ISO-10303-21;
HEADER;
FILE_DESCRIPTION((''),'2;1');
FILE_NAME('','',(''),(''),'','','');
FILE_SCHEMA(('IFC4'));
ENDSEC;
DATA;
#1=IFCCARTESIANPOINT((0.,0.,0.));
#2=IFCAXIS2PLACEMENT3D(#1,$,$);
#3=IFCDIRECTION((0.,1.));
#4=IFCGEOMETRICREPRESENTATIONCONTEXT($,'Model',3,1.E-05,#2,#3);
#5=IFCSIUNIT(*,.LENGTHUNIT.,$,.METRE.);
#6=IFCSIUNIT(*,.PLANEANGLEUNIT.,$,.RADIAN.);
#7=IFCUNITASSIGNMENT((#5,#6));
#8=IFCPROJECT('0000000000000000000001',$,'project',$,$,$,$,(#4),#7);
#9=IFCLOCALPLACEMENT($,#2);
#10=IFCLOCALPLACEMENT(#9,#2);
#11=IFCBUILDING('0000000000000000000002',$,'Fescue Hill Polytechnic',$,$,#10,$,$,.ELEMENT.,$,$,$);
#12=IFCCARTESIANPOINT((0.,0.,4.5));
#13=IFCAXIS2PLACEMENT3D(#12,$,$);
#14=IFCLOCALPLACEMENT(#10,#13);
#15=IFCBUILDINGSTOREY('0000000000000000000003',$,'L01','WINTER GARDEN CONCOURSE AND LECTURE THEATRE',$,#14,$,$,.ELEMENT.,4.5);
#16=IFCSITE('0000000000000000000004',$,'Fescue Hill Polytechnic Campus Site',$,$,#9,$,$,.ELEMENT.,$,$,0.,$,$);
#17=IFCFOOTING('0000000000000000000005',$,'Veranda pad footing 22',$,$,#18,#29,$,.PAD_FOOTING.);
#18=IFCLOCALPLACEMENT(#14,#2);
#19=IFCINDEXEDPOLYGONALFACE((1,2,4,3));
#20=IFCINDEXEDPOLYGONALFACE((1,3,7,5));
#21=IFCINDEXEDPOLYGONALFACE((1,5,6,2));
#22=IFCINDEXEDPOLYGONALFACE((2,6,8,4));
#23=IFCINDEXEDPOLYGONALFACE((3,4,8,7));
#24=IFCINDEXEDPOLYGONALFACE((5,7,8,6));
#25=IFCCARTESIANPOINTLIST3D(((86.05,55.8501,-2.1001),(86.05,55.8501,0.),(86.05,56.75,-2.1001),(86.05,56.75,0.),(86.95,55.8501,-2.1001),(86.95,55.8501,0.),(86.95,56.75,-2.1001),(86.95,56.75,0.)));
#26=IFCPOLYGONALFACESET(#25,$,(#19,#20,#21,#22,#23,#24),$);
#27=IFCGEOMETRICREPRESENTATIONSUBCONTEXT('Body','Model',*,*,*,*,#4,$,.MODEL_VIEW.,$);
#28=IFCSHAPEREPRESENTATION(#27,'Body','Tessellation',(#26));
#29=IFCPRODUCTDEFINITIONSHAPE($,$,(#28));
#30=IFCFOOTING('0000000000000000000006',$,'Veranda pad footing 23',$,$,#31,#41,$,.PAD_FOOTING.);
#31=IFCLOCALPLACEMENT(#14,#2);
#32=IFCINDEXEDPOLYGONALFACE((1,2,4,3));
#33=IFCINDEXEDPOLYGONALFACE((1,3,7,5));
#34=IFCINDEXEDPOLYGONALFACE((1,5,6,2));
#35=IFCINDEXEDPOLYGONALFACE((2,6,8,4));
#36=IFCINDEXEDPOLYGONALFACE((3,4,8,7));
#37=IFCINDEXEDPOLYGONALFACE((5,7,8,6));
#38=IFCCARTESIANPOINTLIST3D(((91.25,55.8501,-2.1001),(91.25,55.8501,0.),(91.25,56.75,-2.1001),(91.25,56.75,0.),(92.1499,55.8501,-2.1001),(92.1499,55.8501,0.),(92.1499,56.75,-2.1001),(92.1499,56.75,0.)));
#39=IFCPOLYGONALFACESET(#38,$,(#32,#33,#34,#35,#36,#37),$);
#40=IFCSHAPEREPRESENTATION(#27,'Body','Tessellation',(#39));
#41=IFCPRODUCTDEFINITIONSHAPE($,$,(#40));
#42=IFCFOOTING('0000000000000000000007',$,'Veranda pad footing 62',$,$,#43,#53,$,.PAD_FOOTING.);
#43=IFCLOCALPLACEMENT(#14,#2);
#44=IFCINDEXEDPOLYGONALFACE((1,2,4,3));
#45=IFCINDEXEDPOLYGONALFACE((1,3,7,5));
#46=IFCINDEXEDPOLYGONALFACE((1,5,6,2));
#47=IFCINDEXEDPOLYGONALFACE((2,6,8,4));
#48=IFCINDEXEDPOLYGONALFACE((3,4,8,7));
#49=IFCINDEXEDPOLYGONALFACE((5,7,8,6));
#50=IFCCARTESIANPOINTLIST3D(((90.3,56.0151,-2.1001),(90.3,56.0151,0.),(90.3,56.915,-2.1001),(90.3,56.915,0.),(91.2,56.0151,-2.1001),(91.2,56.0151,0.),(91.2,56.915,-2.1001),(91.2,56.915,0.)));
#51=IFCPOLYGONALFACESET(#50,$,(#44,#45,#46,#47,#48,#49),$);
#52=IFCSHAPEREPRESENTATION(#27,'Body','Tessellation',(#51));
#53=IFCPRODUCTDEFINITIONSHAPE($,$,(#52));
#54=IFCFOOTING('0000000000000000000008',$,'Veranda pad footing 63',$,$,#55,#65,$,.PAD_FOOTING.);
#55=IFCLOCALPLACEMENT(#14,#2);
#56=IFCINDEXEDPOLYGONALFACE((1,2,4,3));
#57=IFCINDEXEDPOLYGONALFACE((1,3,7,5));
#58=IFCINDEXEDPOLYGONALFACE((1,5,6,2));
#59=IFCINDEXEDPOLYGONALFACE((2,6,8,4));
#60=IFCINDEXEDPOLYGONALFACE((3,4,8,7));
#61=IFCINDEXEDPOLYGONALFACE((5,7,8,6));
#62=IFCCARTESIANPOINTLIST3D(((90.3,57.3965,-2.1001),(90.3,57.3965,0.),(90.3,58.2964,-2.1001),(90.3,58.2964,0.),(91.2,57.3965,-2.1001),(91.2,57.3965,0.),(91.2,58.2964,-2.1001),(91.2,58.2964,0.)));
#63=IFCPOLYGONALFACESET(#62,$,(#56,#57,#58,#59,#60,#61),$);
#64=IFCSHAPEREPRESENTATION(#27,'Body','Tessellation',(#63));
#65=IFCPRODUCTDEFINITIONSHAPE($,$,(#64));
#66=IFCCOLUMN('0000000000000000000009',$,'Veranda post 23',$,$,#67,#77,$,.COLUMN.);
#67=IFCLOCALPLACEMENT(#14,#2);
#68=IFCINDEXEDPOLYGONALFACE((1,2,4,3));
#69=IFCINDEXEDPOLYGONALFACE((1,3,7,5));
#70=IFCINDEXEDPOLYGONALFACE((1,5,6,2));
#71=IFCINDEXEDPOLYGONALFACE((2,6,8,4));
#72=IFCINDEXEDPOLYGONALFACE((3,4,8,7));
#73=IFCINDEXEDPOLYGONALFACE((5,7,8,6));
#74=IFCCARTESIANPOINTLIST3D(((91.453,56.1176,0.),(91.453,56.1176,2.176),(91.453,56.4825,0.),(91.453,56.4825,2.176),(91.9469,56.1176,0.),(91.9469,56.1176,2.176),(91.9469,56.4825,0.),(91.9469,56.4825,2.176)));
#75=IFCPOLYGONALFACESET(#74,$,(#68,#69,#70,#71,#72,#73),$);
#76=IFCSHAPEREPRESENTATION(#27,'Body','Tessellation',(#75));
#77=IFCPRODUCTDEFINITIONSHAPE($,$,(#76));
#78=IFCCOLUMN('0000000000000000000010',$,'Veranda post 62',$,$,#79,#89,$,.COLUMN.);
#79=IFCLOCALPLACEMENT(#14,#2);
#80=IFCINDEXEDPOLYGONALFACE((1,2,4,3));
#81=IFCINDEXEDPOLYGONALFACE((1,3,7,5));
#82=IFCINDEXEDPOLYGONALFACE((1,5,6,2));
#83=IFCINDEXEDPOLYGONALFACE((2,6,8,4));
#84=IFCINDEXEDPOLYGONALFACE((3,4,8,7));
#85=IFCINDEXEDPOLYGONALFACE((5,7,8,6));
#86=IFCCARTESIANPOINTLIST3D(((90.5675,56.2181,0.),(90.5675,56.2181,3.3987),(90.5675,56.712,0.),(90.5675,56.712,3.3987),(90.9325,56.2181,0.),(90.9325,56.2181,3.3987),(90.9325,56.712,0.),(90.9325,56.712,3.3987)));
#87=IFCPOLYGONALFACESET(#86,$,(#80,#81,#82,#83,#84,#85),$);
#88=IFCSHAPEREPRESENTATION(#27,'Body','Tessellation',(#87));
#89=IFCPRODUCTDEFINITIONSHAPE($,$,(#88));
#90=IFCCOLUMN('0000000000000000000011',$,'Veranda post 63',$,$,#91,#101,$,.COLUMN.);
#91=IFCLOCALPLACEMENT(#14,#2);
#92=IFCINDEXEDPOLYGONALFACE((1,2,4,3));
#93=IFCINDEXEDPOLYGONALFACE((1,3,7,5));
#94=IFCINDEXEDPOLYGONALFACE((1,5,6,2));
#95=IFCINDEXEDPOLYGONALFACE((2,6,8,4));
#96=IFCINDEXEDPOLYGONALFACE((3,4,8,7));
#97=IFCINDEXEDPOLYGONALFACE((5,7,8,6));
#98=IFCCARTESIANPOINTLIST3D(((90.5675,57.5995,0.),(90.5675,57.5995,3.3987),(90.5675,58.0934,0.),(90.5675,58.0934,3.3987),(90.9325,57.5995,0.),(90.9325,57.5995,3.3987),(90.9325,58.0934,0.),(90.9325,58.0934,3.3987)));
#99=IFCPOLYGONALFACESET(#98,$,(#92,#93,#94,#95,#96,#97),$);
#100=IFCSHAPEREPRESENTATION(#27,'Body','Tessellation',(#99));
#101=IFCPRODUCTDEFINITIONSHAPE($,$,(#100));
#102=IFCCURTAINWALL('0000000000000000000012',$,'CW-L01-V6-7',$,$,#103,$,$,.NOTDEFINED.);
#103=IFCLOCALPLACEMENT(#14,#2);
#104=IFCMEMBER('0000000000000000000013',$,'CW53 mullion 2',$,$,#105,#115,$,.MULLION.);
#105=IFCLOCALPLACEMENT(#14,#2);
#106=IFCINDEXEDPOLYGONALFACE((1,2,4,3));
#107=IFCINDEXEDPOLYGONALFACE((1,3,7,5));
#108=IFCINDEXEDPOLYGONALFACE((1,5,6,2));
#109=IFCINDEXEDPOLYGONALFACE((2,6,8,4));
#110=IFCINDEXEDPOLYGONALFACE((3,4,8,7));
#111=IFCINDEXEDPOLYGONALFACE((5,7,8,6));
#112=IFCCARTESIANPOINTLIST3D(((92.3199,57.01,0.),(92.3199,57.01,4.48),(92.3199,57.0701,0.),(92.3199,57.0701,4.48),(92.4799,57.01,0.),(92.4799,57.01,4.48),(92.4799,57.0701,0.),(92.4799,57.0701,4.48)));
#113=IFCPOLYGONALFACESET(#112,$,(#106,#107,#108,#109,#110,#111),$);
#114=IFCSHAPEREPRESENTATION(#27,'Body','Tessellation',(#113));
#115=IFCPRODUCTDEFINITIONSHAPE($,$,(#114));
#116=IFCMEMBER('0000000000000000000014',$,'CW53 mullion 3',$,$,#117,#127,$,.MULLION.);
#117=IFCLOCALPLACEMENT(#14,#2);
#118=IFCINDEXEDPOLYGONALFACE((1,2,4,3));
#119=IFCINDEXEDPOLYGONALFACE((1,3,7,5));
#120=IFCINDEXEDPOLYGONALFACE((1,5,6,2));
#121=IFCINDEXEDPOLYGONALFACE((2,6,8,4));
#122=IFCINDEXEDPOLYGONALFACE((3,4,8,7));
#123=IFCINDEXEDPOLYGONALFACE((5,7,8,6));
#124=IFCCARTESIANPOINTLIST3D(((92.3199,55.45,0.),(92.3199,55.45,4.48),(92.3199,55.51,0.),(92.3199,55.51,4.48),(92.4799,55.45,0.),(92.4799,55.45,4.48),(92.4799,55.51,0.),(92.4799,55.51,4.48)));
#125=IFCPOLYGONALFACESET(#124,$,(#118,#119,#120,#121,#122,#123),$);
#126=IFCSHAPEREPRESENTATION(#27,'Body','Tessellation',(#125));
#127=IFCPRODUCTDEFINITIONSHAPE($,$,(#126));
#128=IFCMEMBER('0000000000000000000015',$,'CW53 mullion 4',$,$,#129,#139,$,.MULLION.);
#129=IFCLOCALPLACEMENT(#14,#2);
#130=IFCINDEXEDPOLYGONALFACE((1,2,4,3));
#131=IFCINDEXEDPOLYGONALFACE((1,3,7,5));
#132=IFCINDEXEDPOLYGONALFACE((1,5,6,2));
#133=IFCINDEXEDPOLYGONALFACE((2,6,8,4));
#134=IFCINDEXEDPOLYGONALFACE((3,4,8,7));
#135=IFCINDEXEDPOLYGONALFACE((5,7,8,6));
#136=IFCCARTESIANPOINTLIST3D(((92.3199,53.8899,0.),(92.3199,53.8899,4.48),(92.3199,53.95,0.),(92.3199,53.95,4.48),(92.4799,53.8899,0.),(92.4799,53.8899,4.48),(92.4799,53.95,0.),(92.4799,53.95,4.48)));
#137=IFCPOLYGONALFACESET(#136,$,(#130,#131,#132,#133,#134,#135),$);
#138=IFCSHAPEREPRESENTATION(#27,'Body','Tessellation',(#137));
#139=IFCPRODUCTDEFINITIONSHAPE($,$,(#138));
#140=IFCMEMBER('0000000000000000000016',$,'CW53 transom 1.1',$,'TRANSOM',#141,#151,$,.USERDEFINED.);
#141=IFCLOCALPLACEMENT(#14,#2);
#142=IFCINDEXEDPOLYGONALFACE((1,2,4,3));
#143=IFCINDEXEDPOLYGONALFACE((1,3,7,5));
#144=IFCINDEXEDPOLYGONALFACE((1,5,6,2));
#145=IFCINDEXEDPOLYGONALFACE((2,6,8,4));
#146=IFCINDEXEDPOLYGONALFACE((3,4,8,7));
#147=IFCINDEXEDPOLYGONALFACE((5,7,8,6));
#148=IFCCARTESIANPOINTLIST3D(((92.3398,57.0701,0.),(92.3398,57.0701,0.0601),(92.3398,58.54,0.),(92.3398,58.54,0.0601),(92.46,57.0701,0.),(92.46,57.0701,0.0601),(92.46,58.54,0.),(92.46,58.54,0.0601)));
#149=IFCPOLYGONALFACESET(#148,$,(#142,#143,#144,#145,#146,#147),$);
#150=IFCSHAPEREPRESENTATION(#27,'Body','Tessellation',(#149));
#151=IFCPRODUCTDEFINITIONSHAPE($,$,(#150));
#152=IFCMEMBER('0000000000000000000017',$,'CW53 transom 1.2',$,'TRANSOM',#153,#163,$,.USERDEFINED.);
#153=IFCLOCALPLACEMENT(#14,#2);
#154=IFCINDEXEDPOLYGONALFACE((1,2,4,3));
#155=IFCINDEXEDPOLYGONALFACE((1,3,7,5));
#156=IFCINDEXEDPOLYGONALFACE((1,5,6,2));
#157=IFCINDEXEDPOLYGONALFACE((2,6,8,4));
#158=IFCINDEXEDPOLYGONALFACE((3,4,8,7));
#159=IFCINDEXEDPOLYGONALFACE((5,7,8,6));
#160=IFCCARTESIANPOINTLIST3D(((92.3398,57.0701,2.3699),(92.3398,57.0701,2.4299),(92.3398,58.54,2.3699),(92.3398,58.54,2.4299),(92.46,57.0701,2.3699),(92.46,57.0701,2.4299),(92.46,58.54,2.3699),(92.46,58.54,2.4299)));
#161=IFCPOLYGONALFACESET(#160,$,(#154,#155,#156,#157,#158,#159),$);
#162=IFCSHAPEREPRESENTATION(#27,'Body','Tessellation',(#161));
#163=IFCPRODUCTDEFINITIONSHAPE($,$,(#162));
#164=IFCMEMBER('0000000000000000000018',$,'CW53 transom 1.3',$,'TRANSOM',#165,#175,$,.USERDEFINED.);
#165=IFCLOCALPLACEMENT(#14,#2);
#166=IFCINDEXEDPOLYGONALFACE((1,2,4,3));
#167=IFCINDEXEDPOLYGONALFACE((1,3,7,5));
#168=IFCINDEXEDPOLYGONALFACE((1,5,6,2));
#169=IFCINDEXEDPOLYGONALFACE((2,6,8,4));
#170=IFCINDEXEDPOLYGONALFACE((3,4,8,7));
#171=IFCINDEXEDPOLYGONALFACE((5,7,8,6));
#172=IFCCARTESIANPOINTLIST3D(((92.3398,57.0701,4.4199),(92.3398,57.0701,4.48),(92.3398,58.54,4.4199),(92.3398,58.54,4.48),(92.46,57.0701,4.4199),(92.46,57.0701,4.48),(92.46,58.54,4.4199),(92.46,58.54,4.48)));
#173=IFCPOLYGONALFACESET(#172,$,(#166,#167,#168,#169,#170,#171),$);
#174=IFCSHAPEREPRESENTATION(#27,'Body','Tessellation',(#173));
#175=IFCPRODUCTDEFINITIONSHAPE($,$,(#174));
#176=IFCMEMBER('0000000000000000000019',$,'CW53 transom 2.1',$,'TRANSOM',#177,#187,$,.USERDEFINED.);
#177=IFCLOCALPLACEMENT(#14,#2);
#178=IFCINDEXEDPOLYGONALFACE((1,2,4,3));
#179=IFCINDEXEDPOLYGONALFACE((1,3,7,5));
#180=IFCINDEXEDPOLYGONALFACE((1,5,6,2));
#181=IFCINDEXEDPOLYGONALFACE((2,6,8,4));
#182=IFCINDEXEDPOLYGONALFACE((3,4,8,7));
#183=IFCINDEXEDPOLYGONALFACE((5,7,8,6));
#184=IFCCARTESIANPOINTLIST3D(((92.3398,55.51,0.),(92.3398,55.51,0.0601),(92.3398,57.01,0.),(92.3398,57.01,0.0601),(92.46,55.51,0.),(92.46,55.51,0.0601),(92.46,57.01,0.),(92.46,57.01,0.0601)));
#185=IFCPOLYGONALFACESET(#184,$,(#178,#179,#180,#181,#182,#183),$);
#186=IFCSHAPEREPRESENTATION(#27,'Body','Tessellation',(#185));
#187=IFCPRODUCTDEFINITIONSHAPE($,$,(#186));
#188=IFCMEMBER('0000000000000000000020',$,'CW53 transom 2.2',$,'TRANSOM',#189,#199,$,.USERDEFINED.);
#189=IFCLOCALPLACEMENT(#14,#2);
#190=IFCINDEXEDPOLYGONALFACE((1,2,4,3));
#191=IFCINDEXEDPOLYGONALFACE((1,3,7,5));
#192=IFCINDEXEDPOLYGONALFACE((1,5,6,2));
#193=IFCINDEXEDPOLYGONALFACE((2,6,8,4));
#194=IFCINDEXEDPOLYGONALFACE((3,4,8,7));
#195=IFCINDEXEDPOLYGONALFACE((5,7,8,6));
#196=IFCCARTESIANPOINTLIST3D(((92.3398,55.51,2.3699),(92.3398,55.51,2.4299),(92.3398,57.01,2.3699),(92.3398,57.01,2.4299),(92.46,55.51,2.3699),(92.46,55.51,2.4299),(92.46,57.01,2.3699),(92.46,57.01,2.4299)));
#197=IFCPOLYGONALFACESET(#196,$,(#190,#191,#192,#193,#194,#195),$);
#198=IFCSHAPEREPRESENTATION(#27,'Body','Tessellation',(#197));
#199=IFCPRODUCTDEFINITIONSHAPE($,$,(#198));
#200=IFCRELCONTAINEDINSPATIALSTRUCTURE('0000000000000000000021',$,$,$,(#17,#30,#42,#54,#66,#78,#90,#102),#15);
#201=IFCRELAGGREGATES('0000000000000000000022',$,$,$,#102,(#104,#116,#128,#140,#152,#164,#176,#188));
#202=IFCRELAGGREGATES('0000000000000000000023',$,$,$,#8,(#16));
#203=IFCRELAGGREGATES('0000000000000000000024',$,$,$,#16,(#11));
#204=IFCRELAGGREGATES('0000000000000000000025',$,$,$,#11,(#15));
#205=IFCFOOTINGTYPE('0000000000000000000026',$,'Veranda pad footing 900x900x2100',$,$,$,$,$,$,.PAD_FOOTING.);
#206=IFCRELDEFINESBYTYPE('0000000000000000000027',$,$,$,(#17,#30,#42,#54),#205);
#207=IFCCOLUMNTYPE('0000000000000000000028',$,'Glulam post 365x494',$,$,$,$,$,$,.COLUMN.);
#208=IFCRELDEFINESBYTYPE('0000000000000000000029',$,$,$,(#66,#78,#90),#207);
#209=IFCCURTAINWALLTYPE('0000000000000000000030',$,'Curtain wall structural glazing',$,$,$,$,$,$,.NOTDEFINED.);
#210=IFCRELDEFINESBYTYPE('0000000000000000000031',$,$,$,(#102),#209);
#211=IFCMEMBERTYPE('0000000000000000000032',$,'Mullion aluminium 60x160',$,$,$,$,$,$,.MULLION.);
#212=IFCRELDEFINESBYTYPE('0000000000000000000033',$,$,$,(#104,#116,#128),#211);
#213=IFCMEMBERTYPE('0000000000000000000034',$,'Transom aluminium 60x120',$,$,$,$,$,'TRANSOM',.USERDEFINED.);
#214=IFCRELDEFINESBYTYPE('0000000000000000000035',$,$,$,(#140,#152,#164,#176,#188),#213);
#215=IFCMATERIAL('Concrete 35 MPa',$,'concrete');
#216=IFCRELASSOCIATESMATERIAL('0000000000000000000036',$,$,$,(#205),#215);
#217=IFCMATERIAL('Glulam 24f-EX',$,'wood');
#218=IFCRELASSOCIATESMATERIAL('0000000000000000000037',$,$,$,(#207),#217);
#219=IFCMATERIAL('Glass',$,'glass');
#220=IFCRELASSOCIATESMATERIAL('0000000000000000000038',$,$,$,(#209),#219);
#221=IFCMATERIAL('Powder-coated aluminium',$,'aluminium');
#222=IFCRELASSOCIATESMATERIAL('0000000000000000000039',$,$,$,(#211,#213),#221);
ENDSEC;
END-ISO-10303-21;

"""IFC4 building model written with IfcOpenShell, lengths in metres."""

from ifc_helpers import new_model, si_unit, direction, frame, origin, origin_2d, place, context, subcontext, project, spatial, rectangle, extrude, material, material_profile, profile_set, type_object, element, aggregate, save


model = new_model("IFC4")

# Units and contexts
model_context = context("Model", 3, precision=1e-05, world=origin(), true_north=direction((0.0, 1.0)))
body_context = subcontext(model_context, "Body", "Model", "MODEL_VIEW")
ifc_project = project(units=[si_unit("LENGTHUNIT", "METRE"), si_unit("PLANEANGLEUNIT", "RADIAN")], contexts=[model_context])

# Site, building, storey
site_placement = place(None, origin())
site = spatial("IfcSite", under=ifc_project, at=site_placement, Name="Fescue Hill Polytechnic Campus Site", CompositionType="ELEMENT", RefElevation=0.0)
building_placement = place(site_placement, origin())
building = spatial("IfcBuilding", under=site, at=building_placement, Name="Fescue Hill Polytechnic", CompositionType="ELEMENT")
storey_placement = place(building_placement, frame((0.0, 0.0, 4.5)))
storey = spatial("IfcBuildingStorey", under=building, at=storey_placement, Name="L01", Description="WINTER GARDEN CONCOURSE AND LECTURE THEATRE", CompositionType="ELEMENT", Elevation=4.5)

# Footings
ifc_material_1 = material(Name="Concrete 35 MPa", Category="concrete")
footing_type = type_object("IfcFootingType", Name="Veranda pad footing 900x900x2100", PredefinedType="PAD_FOOTING", material=ifc_material_1)
for number, where, z_axis, x_axis, name in (
    (1, (86.5, 56.3, -2.1001), (0.0, 0.0, 1.0), (1.0, 0.0, 0.0), "Veranda pad footing 22"),
    (2, (91.7, 56.3, -2.1001), (0.0, 0.0, 1.0), (1.0, 0.0, 0.0), "Veranda pad footing 23"),
    (3, (90.75, 56.4651, -2.1001), (0.0, 0.0, 1.0), (1.0, 0.0, 0.0), "Veranda pad footing 62"),
    (4, (90.75, 57.8464, -2.1001), (0.0, 0.0, 1.0), (1.0, 0.0, 0.0), "Veranda pad footing 63"),
):
    element("IfcFooting", number, at=place(storey_placement, frame(where, z_axis=z_axis, x_axis=x_axis)), inside=storey, type_object=footing_type, Name=name, PredefinedType="PAD_FOOTING", context=body_context, shape_type="SweptSolid", body=[
        extrude(rectangle(XDim=0.8999, YDim=0.8999, at=origin_2d()), origin(), (0.0, 0.0, 1.0), 2.1001),
    ])

# Columns
ifc_material_2 = material(Name="Glulam 24f-EX", Category="wood")
ifc_material_profile_1 = material_profile(ifc_material_2, rectangle(XDim=0.365, YDim=0.4939, at=origin_2d()), Name="Glulam post 365x494")
ifc_profile_set_1 = profile_set([ifc_material_profile_1], Name="Glulam 24f-EX")
column_type = type_object("IfcColumnType", Name="Glulam post 365x494", PredefinedType="COLUMN", material=ifc_profile_set_1)
column_placement = place(storey_placement, frame((91.7, 56.3, 0.0), z_axis=(0.0, 0.0, 1.0), x_axis=(0.0, 1.0, 0.0)))
element("IfcColumn", 5, at=column_placement, inside=storey, type_object=column_type, Name="Veranda post 23", PredefinedType="COLUMN", context=body_context, shape_type="SweptSolid", body=[
    extrude(rectangle(XDim=0.365, YDim=0.4939, at=origin_2d()), origin(), (0.0, 0.0, 1.0), 2.176),
])
for number, where, z_axis, x_axis, name in (
    (6, (90.75, 56.4651, 0.0), (0.0, 0.0, 1.0), (1.0, 0.0, 0.0), "Veranda post 62"),
    (7, (90.75, 57.8464, 0.0), (0.0, 0.0, 1.0), (1.0, 0.0, 0.0), "Veranda post 63"),
):
    element("IfcColumn", number, at=place(storey_placement, frame(where, z_axis=z_axis, x_axis=x_axis)), inside=storey, type_object=column_type, Name=name, PredefinedType="COLUMN", context=body_context, shape_type="SweptSolid", body=[
        extrude(rectangle(XDim=0.365, YDim=0.4939, at=origin_2d()), origin(), (0.0, 0.0, 1.0), 3.3987),
    ])

# Curtain wall, members
ifc_material_3 = material(Name="Glass", Category="glass")
curtain_wall_type = type_object("IfcCurtainWallType", Name="Curtain wall structural glazing", PredefinedType="NOTDEFINED", material=ifc_material_3)
curtain_wall_placement = place(storey_placement, origin())
curtain_wall = element("IfcCurtainWall", 8, at=curtain_wall_placement, inside=storey, type_object=curtain_wall_type, Name="CW-L01-V6-7", PredefinedType="NOTDEFINED")
ifc_material_4 = material(Name="Powder-coated aluminium", Category="aluminium")
ifc_material_profile_2 = material_profile(ifc_material_4, rectangle(XDim=0.1599, YDim=0.0601, at=origin_2d()), Name="Mullion aluminium 60x160")
ifc_profile_set_2 = profile_set([ifc_material_profile_2], Name="Powder-coated aluminium")
member_type_1 = type_object("IfcMemberType", Name="Mullion aluminium 60x160", PredefinedType="MULLION", material=ifc_profile_set_2)
member_1_placement = place(storey_placement, frame((92.3999, 57.04, 0.0), z_axis=(0.0, 0.0, 1.0), x_axis=(1.0, 0.0, 0.0)))
member_1 = element("IfcMember", 9, at=member_1_placement, type_object=member_type_1, Name="CW53 mullion 2", PredefinedType="MULLION", context=body_context, shape_type="SweptSolid", body=[
    extrude(rectangle(XDim=0.1599, YDim=0.0601, at=origin_2d()), origin(), (0.0, 0.0, 1.0), 4.48),
])
member_2_placement = place(storey_placement, frame((92.3999, 55.48, 0.0), z_axis=(0.0, 0.0, 1.0), x_axis=(1.0, 0.0, 0.0)))
member_2 = element("IfcMember", 10, at=member_2_placement, type_object=member_type_1, Name="CW53 mullion 3", PredefinedType="MULLION", context=body_context, shape_type="SweptSolid", body=[
    extrude(rectangle(XDim=0.1599, YDim=0.0601, at=origin_2d()), origin(), (0.0, 0.0, 1.0), 4.48),
])
member_3_placement = place(storey_placement, frame((92.3999, 53.9199, 0.0), z_axis=(0.0, 0.0, 1.0), x_axis=(1.0, 0.0, 0.0)))
member_3 = element("IfcMember", 11, at=member_3_placement, type_object=member_type_1, Name="CW53 mullion 4", PredefinedType="MULLION", context=body_context, shape_type="SweptSolid", body=[
    extrude(rectangle(XDim=0.1599, YDim=0.0601, at=origin_2d()), origin(), (0.0, 0.0, 1.0), 4.48),
])
ifc_material_profile_3 = material_profile(ifc_material_4, rectangle(XDim=0.1201, YDim=0.0601, at=origin_2d()), Name="Transom aluminium 60x120")
ifc_profile_set_3 = profile_set([ifc_material_profile_3], Name="Powder-coated aluminium")
member_type_2 = type_object("IfcMemberType", Name="Transom aluminium 60x120", ElementType="TRANSOM", PredefinedType="USERDEFINED", material=ifc_profile_set_3)
member_4_placement = place(storey_placement, frame((92.3999, 58.54, 0.03), z_axis=(0.0, -1.0, 0.0), x_axis=(1.0, 0.0, 0.0)))
member_4 = element("IfcMember", 12, at=member_4_placement, type_object=member_type_2, Name="CW53 transom 1.1", ObjectType="TRANSOM", PredefinedType="USERDEFINED", context=body_context, shape_type="SweptSolid", body=[
    extrude(rectangle(XDim=0.1201, YDim=0.0601, at=origin_2d()), origin(), (0.0, 0.0, 1.0), 1.47),
])
member_5_placement = place(storey_placement, frame((92.3999, 58.54, 2.3999), z_axis=(0.0, -1.0, 0.0), x_axis=(1.0, 0.0, 0.0)))
member_5 = element("IfcMember", 13, at=member_5_placement, type_object=member_type_2, Name="CW53 transom 1.2", ObjectType="TRANSOM", PredefinedType="USERDEFINED", context=body_context, shape_type="SweptSolid", body=[
    extrude(rectangle(XDim=0.1201, YDim=0.0601, at=origin_2d()), origin(), (0.0, 0.0, 1.0), 1.47),
])
member_6_placement = place(storey_placement, frame((92.3999, 58.54, 4.45), z_axis=(0.0, -1.0, 0.0), x_axis=(1.0, 0.0, 0.0)))
member_6 = element("IfcMember", 14, at=member_6_placement, type_object=member_type_2, Name="CW53 transom 1.3", ObjectType="TRANSOM", PredefinedType="USERDEFINED", context=body_context, shape_type="SweptSolid", body=[
    extrude(rectangle(XDim=0.1201, YDim=0.0601, at=origin_2d()), origin(), (0.0, 0.0, 1.0), 1.47),
])
member_7_placement = place(storey_placement, frame((92.3999, 57.01, 0.03), z_axis=(0.0, -1.0, 0.0), x_axis=(1.0, 0.0, 0.0)))
member_7 = element("IfcMember", 15, at=member_7_placement, type_object=member_type_2, Name="CW53 transom 2.1", ObjectType="TRANSOM", PredefinedType="USERDEFINED", context=body_context, shape_type="SweptSolid", body=[
    extrude(rectangle(XDim=0.1201, YDim=0.0601, at=origin_2d()), origin(), (0.0, 0.0, 1.0), 1.5),
])
member_8_placement = place(storey_placement, frame((92.3999, 57.01, 2.3999), z_axis=(0.0, -1.0, 0.0), x_axis=(1.0, 0.0, 0.0)))
member_8 = element("IfcMember", 16, at=member_8_placement, type_object=member_type_2, Name="CW53 transom 2.2", ObjectType="TRANSOM", PredefinedType="USERDEFINED", context=body_context, shape_type="SweptSolid", body=[
    extrude(rectangle(XDim=0.1201, YDim=0.0601, at=origin_2d()), origin(), (0.0, 0.0, 1.0), 1.5),
])

aggregate(curtain_wall, [member_1, member_2, member_3, member_4, member_5, member_6, member_7, member_8])

save(model, "model.ifc")
